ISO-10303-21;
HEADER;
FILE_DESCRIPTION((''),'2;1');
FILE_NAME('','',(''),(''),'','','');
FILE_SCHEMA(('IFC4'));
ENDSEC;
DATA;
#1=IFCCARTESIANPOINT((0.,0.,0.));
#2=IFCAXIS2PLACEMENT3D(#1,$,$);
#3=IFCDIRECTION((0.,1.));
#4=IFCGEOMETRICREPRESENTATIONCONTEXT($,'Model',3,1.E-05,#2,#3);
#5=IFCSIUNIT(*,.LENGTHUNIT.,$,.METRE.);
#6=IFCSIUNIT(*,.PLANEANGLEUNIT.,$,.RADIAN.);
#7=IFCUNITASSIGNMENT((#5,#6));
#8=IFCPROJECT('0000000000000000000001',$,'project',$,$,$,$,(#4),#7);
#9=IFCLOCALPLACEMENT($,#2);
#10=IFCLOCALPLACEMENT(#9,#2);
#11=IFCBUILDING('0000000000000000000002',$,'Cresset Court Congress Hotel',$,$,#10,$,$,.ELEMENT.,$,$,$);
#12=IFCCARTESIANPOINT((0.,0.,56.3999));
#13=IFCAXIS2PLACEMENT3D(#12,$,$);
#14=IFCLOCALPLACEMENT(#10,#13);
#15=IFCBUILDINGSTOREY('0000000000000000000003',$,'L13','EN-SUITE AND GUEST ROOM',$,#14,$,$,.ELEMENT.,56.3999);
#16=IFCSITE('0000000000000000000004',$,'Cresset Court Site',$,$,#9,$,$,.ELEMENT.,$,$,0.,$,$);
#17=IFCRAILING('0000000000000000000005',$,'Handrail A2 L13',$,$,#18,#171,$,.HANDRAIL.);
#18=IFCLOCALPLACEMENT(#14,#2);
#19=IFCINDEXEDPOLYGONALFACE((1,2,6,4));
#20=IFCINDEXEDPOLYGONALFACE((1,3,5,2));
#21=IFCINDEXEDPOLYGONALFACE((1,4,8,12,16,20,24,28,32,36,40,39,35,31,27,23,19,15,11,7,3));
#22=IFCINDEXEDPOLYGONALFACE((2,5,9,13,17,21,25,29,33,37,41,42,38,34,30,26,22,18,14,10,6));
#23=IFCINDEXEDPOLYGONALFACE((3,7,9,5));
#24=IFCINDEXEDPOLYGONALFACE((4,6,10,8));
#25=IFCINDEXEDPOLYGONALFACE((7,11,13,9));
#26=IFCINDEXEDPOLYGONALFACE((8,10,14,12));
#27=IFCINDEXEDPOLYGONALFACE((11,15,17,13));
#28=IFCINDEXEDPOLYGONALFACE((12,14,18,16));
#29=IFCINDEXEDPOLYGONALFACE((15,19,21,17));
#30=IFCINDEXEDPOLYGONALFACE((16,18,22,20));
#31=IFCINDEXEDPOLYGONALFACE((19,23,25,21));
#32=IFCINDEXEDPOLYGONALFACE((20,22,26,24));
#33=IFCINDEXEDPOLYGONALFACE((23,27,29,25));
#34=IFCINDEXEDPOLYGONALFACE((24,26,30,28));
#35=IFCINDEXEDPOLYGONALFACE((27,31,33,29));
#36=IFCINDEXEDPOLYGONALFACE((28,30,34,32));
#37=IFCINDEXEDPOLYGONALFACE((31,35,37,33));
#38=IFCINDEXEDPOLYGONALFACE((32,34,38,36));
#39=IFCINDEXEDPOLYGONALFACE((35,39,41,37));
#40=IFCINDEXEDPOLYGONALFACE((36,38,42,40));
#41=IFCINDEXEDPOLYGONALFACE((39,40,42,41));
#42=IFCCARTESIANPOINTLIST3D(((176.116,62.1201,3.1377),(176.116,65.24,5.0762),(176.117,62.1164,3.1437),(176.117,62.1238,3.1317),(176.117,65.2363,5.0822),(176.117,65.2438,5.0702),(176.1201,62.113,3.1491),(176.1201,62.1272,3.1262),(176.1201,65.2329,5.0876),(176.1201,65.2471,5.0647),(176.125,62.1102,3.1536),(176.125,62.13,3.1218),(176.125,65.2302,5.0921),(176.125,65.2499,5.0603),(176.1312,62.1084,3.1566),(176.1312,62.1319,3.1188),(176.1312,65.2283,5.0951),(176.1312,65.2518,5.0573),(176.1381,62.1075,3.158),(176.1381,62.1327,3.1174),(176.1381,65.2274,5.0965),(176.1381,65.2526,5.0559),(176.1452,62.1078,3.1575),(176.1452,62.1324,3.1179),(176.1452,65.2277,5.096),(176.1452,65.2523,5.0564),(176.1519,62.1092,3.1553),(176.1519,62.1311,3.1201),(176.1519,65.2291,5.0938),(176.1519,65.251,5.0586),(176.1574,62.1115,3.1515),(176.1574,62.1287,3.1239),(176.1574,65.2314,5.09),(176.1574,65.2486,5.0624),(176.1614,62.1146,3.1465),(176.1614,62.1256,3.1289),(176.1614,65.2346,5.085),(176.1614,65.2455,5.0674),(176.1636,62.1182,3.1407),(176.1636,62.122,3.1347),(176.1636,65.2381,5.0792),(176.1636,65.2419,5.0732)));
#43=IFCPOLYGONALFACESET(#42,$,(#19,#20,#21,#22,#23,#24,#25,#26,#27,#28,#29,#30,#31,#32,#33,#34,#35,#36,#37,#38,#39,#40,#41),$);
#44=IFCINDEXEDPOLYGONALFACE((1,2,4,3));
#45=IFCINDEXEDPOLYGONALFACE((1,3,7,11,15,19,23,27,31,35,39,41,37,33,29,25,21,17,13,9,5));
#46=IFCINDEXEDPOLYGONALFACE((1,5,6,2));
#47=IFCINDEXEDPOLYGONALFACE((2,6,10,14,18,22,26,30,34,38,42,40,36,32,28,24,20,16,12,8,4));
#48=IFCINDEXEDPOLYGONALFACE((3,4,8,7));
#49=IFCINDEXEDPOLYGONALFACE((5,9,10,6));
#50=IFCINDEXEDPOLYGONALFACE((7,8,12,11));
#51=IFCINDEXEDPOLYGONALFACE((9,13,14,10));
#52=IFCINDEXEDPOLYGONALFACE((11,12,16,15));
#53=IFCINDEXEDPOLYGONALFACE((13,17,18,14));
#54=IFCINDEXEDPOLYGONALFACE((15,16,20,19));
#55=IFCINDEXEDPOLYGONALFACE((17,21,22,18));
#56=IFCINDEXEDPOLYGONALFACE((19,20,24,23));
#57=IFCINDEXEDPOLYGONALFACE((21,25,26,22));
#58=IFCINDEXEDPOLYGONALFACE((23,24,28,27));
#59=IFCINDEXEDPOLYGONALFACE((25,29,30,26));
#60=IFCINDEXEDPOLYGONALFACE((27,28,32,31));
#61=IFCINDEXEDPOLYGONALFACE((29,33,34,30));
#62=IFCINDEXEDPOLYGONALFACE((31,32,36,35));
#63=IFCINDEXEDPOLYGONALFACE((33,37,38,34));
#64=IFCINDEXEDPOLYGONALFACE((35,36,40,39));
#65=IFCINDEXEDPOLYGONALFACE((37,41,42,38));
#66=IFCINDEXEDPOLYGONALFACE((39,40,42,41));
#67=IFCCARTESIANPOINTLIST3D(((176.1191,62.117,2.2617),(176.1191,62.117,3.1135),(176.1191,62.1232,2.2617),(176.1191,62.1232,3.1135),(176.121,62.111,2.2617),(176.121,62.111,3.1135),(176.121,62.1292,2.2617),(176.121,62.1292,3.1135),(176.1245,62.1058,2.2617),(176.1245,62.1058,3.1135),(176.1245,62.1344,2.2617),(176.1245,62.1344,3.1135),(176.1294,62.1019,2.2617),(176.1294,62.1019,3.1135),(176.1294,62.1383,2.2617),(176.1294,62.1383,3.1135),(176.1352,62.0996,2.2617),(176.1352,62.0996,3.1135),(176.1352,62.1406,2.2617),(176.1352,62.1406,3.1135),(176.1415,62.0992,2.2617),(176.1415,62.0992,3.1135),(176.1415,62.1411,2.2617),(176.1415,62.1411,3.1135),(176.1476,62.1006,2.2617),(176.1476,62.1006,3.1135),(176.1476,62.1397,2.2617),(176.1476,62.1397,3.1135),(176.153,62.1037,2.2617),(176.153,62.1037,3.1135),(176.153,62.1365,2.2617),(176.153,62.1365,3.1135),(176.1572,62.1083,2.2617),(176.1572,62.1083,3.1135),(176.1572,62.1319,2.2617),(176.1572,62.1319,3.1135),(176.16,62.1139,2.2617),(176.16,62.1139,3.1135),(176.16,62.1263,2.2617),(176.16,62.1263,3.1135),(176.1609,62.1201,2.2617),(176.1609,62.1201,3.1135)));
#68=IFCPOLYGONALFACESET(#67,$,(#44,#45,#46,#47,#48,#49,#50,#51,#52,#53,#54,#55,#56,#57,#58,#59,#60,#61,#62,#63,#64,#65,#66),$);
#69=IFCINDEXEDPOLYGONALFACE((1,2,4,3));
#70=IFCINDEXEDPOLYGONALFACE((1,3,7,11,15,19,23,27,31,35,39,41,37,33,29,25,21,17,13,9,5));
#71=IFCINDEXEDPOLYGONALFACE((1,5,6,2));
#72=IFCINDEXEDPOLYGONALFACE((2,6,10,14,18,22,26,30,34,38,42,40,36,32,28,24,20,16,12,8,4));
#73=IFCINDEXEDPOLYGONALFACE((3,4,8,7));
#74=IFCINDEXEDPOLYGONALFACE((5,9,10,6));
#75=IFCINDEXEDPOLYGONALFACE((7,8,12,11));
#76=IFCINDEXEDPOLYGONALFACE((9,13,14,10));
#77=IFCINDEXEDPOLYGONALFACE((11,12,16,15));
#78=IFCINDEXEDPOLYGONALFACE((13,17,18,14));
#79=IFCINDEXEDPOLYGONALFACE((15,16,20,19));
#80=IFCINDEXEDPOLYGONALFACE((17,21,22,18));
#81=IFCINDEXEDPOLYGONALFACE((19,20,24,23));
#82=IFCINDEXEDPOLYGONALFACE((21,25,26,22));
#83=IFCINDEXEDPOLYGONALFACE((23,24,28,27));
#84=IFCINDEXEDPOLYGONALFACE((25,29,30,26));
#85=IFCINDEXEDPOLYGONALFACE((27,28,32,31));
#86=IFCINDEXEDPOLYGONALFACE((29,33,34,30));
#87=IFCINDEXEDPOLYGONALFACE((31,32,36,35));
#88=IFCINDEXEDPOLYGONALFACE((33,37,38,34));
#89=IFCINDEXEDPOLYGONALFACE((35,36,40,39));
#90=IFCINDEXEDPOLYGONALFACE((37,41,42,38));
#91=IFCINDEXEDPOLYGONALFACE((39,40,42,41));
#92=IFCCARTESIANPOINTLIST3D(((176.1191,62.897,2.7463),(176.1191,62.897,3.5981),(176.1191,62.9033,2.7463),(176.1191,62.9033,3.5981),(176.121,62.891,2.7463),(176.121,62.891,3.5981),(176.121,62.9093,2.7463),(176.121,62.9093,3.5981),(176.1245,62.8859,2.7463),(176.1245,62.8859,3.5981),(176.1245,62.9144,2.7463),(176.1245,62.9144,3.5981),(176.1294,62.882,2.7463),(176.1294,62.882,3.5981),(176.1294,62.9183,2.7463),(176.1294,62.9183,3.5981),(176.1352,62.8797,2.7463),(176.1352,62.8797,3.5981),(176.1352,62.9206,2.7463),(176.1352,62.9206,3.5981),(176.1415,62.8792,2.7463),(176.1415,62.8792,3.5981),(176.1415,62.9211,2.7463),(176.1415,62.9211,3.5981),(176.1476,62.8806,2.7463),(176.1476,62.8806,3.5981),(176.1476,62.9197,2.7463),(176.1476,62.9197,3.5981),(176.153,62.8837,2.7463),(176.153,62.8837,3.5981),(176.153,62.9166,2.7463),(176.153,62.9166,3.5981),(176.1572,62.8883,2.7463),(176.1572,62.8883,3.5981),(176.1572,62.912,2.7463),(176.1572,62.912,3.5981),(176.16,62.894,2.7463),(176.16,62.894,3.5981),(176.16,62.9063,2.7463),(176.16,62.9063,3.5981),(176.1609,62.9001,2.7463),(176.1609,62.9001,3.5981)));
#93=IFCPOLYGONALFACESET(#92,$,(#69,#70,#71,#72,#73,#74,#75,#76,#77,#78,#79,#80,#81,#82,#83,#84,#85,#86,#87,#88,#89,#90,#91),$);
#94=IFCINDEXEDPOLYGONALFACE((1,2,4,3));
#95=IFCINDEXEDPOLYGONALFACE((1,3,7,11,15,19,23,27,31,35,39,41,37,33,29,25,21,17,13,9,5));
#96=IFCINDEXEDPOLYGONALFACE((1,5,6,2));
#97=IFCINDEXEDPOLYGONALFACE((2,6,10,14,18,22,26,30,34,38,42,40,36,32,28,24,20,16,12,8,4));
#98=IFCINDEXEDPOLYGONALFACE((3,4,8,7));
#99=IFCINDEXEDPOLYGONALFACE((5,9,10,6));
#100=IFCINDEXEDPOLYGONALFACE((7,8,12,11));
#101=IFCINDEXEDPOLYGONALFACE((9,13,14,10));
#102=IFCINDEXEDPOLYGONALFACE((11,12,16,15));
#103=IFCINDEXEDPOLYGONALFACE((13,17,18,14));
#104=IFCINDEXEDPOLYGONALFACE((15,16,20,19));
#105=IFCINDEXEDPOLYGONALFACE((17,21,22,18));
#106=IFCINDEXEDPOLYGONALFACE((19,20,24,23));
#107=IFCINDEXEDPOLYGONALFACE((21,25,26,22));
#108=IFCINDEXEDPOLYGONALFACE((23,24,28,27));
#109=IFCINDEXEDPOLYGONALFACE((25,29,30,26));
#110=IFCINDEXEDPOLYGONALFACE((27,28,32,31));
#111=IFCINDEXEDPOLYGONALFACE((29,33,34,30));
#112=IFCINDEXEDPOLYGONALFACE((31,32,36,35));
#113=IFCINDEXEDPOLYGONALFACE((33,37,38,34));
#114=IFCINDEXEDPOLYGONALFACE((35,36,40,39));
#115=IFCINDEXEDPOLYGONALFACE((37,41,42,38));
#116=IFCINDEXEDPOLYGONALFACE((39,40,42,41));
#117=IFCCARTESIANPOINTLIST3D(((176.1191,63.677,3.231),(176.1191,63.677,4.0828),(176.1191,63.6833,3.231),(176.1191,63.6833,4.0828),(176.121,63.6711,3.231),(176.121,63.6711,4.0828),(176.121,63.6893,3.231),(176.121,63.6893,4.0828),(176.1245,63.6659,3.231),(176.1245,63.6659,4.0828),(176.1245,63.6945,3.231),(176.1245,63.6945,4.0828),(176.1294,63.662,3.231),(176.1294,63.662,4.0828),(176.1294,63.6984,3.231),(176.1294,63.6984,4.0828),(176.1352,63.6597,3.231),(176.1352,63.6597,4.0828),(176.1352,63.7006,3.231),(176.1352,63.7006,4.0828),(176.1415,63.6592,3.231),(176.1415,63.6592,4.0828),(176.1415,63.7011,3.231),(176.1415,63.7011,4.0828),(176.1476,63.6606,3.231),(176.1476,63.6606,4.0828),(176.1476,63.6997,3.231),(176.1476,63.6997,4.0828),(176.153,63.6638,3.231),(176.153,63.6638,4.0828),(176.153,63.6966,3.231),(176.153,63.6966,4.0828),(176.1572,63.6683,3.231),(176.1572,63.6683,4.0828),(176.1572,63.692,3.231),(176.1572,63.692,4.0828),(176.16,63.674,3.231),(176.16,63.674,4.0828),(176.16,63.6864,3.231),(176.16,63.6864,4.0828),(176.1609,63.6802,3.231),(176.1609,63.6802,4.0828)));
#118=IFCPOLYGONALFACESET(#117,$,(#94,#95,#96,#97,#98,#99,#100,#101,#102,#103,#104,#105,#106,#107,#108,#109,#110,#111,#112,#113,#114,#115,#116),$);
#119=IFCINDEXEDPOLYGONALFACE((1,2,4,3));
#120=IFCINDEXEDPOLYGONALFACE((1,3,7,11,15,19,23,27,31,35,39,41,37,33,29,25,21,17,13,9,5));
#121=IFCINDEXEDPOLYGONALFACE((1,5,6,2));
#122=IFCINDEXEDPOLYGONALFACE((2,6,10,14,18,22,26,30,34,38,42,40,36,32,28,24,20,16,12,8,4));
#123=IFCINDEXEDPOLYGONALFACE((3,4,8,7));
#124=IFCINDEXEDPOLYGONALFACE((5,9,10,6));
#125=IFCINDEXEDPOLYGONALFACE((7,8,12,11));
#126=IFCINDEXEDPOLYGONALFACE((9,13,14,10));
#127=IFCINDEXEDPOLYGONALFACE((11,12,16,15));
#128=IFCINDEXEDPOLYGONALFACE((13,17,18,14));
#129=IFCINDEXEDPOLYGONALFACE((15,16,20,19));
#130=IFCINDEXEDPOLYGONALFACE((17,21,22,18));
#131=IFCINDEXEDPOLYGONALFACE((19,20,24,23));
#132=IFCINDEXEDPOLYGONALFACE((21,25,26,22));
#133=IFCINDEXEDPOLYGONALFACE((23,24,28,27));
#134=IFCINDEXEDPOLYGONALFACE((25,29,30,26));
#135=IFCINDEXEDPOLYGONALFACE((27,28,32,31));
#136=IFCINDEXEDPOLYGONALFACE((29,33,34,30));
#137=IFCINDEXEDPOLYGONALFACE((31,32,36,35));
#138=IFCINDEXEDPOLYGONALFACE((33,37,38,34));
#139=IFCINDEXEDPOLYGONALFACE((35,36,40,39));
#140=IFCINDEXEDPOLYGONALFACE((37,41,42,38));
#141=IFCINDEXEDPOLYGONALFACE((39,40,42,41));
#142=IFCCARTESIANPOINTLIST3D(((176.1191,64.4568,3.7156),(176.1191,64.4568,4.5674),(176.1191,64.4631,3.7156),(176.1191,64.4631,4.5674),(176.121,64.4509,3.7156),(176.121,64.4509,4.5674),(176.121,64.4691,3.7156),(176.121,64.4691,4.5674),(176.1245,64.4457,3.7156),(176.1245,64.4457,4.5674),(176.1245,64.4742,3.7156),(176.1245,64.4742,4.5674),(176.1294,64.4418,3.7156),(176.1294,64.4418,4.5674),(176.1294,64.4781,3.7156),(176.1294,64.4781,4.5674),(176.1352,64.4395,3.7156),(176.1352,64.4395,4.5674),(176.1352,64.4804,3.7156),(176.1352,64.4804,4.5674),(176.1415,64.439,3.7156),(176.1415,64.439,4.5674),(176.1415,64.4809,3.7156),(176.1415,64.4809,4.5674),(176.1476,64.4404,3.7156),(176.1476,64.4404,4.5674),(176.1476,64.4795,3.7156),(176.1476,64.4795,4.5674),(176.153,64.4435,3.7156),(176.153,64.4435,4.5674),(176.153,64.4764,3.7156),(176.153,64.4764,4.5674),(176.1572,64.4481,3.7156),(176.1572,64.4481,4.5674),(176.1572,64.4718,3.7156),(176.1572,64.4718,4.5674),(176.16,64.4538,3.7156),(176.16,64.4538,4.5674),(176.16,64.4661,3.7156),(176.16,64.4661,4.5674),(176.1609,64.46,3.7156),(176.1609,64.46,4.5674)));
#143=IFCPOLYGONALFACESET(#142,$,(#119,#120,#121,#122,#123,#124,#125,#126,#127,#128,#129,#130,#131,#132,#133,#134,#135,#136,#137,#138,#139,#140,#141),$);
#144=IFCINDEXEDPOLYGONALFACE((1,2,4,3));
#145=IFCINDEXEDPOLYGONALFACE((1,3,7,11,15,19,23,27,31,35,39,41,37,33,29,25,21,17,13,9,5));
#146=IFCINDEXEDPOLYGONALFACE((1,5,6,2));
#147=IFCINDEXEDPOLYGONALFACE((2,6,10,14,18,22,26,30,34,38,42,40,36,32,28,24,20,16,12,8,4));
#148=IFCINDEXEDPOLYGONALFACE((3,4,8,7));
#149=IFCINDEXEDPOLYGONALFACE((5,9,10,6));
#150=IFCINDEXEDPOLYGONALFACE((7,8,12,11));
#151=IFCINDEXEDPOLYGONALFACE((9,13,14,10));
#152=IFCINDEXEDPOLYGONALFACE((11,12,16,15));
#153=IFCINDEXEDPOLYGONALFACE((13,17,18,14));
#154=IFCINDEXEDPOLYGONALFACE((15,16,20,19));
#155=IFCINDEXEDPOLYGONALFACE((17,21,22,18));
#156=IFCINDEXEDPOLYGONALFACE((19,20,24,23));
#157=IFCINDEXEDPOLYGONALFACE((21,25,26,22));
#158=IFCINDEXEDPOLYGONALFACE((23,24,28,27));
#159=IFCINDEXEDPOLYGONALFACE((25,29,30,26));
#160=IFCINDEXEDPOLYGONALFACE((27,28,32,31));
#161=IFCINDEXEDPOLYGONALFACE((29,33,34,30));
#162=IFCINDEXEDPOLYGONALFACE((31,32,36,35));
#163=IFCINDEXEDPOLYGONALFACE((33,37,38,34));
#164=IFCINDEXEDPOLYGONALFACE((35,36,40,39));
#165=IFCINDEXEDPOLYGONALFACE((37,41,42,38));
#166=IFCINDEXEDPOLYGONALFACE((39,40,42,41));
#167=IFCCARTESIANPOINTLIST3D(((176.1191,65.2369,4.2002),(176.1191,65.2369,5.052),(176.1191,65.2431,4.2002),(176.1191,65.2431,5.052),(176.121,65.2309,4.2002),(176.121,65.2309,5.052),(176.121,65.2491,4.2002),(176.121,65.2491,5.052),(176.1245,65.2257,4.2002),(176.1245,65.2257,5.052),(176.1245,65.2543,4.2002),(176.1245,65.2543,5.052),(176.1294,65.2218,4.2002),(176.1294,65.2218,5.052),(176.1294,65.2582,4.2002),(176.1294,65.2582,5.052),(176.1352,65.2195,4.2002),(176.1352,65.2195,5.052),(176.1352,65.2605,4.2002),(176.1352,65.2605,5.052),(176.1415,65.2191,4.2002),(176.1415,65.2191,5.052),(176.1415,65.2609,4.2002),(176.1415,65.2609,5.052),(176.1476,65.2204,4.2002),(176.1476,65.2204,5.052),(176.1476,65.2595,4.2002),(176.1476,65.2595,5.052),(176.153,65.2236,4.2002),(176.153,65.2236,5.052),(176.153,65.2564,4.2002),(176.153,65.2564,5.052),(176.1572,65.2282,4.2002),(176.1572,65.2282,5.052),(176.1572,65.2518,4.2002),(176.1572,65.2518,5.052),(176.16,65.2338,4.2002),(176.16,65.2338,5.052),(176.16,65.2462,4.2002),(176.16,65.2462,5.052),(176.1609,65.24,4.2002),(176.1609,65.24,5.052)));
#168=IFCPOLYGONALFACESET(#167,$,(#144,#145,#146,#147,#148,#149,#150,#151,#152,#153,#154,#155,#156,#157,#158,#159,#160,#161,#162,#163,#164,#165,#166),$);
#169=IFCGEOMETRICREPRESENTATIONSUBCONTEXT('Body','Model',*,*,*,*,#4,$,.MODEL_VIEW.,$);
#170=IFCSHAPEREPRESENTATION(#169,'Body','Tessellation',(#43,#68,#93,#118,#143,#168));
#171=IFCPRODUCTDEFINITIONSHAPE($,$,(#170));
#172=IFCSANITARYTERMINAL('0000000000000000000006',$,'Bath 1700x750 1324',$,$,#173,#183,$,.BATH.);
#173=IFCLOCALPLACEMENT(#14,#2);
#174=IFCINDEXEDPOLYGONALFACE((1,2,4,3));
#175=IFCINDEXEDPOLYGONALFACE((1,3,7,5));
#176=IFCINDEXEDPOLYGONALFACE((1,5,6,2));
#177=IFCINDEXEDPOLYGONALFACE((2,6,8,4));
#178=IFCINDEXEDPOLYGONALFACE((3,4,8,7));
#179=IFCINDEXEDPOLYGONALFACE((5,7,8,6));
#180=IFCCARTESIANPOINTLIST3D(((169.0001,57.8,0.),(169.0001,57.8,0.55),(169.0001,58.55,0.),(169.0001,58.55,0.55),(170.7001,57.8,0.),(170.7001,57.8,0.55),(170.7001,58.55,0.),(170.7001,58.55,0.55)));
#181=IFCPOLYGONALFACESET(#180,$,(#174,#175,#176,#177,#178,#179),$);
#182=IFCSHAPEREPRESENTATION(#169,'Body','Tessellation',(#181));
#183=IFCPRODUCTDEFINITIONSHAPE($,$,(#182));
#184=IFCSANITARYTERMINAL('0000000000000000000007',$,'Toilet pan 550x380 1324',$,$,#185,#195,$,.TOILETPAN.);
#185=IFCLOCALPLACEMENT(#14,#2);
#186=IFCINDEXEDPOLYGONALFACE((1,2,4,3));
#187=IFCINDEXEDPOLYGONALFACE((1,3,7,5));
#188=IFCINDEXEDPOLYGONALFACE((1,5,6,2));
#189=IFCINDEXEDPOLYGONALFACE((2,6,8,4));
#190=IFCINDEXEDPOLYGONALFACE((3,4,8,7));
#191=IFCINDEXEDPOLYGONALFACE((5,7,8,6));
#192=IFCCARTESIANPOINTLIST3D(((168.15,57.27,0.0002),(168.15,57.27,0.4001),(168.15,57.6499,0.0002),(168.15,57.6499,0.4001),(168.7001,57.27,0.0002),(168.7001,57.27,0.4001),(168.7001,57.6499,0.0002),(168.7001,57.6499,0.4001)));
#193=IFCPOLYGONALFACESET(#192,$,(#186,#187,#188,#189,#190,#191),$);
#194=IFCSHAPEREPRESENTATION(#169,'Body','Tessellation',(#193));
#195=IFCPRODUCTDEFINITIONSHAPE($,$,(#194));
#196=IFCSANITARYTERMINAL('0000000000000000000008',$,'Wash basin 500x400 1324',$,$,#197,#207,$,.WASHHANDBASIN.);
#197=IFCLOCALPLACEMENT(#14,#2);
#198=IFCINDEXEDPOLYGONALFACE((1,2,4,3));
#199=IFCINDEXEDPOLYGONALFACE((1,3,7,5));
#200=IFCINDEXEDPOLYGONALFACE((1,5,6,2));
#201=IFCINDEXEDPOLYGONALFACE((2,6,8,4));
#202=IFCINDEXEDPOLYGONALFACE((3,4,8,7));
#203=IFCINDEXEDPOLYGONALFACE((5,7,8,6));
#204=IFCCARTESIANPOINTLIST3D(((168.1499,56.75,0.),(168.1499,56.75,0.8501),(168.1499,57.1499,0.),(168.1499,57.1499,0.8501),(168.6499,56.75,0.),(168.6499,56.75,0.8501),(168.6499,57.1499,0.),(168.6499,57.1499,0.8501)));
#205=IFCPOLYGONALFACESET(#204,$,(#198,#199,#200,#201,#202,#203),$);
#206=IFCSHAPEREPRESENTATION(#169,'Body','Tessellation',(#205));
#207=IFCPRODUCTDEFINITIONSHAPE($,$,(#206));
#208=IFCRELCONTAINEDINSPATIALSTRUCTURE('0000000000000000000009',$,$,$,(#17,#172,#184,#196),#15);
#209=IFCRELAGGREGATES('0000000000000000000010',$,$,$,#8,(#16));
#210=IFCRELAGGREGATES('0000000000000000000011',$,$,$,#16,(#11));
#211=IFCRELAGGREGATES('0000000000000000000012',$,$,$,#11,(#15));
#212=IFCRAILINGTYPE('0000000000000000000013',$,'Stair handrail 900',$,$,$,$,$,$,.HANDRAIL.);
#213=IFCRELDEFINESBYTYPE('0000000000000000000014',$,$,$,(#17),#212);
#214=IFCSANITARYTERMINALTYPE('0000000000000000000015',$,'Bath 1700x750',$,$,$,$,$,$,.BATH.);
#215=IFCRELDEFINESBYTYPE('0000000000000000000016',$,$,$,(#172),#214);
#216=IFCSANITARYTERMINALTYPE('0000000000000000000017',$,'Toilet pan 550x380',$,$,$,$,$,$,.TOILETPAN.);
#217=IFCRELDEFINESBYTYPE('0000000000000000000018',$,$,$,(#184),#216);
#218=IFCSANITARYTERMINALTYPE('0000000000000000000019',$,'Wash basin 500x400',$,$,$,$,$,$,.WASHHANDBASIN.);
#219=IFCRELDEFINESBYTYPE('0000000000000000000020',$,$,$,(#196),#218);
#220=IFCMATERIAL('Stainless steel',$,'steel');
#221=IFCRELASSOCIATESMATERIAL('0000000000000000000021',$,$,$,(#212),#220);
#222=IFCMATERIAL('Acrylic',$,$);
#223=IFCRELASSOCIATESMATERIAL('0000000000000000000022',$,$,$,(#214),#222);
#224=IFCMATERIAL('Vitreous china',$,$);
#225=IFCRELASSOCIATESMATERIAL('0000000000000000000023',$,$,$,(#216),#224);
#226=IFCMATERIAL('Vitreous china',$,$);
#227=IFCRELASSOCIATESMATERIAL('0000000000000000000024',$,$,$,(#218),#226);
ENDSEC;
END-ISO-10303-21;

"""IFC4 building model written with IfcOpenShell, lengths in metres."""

from ifc_helpers import new_model, si_unit, direction, frame, origin, origin_2d, place, context, subcontext, project, spatial, rectangle, circle, extrude, material, type_object, element, save


model = new_model("IFC4")

# Units and contexts
model_context = context("Model", 3, precision=1e-05, world=origin(), true_north=direction((0.0, 1.0)))
body_context = subcontext(model_context, "Body", "Model", "MODEL_VIEW")
ifc_project = project(units=[si_unit("LENGTHUNIT", "METRE"), si_unit("PLANEANGLEUNIT", "RADIAN")], contexts=[model_context])

# Site, building, storey
site_placement = place(None, origin())
site = spatial("IfcSite", under=ifc_project, at=site_placement, Name="Cresset Court Site", CompositionType="ELEMENT", RefElevation=0.0)
building_placement = place(site_placement, origin())
building = spatial("IfcBuilding", under=site, at=building_placement, Name="Cresset Court Congress Hotel", CompositionType="ELEMENT")
storey_placement = place(building_placement, frame((0.0, 0.0, 56.3999)))
storey = spatial("IfcBuildingStorey", under=building, at=storey_placement, Name="L13", Description="EN-SUITE AND GUEST ROOM", CompositionType="ELEMENT", Elevation=56.3999)

# Railing
ifc_material_1 = material(Name="Stainless steel", Category="steel")
railing_type_1 = type_object("IfcRailingType", Name="Stair handrail 900", PredefinedType="HANDRAIL", material=ifc_material_1)
for number, where, name in (
    (1, (176.1399, 62.1201, 2.2617), "Handrail A2 L13"),
):
    element("IfcRailing", number, at=place(storey_placement, frame(where)), inside=storey, type_object=railing_type_1, Name=name, PredefinedType="HANDRAIL", context=body_context, shape_type="SweptSolid", body=[
        extrude(circle(Radius=0.0239, at=origin_2d()), frame((0.0, 0.0, 0.876), z_axis=(0.0, 0.849396, 0.527757), x_axis=(-1.0, 0.0, 0.0)), (0.0, 0.0, 1.0), 3.6731),
        extrude(circle(Radius=0.021, at=origin_2d()), origin(), (0.0, 0.0, 1.0), 0.8518),
        extrude(circle(Radius=0.021, at=origin_2d()), frame((0.0, 0.78, 0.4846)), (0.0, 0.0, 1.0), 0.8518),
        extrude(circle(Radius=0.021, at=origin_2d()), frame((0.0, 1.5601, 0.9692)), (0.0, 0.0, 1.0), 0.8518),
        extrude(circle(Radius=0.021, at=origin_2d()), frame((0.0, 2.3398, 1.4539)), (0.0, 0.0, 1.0), 0.8518),
        extrude(circle(Radius=0.021, at=origin_2d()), frame((0.0, 3.1199, 1.9385)), (0.0, 0.0, 1.0), 0.8518),
    ])

# Sanitary terminals
ifc_material_2 = material(Name="Acrylic")
sanitary_terminal_type_1 = type_object("IfcSanitaryTerminalType", Name="Bath 1700x750", PredefinedType="BATH", material=ifc_material_2)
sanitary_terminal_1_placement = place(storey_placement, frame((169.8501, 58.175, 0.0), z_axis=(0.0, 0.0, 1.0), x_axis=(1.0, 0.0, 0.0)))
element("IfcSanitaryTerminal", 2, at=sanitary_terminal_1_placement, inside=storey, type_object=sanitary_terminal_type_1, Name="Bath 1700x750 1324", PredefinedType="BATH", context=body_context, shape_type="SweptSolid", body=[
    extrude(rectangle(XDim=1.7, YDim=0.75, at=origin_2d()), origin(), (0.0, 0.0, 1.0), 0.55),
])
ifc_material_3 = material(Name="Vitreous china")
sanitary_terminal_type_2 = type_object("IfcSanitaryTerminalType", Name="Toilet pan 550x380", PredefinedType="TOILETPAN", material=ifc_material_3)
sanitary_terminal_2_placement = place(storey_placement, frame((168.425, 57.46, 0.0002), z_axis=(0.0, 0.0, 1.0), x_axis=(1.0, 0.0, 0.0)))
element("IfcSanitaryTerminal", 3, at=sanitary_terminal_2_placement, inside=storey, type_object=sanitary_terminal_type_2, Name="Toilet pan 550x380 1324", PredefinedType="TOILETPAN", context=body_context, shape_type="SweptSolid", body=[
    extrude(rectangle(XDim=0.55, YDim=0.3799, at=origin_2d()), origin(), (0.0, 0.0, 1.0), 0.3999),
])
ifc_material_4 = material(Name="Vitreous china")
sanitary_terminal_type_3 = type_object("IfcSanitaryTerminalType", Name="Wash basin 500x400", PredefinedType="WASHHANDBASIN", material=ifc_material_4)
sanitary_terminal_3_placement = place(storey_placement, frame((168.3999, 56.95, 0.0), z_axis=(0.0, 0.0, 1.0), x_axis=(1.0, 0.0, 0.0)))
element("IfcSanitaryTerminal", 4, at=sanitary_terminal_3_placement, inside=storey, type_object=sanitary_terminal_type_3, Name="Wash basin 500x400 1324", PredefinedType="WASHHANDBASIN", context=body_context, shape_type="SweptSolid", body=[
    extrude(rectangle(XDim=0.5, YDim=0.3999, at=origin_2d()), origin(), (0.0, 0.0, 1.0), 0.8501),
])

save(model, "model.ifc")
